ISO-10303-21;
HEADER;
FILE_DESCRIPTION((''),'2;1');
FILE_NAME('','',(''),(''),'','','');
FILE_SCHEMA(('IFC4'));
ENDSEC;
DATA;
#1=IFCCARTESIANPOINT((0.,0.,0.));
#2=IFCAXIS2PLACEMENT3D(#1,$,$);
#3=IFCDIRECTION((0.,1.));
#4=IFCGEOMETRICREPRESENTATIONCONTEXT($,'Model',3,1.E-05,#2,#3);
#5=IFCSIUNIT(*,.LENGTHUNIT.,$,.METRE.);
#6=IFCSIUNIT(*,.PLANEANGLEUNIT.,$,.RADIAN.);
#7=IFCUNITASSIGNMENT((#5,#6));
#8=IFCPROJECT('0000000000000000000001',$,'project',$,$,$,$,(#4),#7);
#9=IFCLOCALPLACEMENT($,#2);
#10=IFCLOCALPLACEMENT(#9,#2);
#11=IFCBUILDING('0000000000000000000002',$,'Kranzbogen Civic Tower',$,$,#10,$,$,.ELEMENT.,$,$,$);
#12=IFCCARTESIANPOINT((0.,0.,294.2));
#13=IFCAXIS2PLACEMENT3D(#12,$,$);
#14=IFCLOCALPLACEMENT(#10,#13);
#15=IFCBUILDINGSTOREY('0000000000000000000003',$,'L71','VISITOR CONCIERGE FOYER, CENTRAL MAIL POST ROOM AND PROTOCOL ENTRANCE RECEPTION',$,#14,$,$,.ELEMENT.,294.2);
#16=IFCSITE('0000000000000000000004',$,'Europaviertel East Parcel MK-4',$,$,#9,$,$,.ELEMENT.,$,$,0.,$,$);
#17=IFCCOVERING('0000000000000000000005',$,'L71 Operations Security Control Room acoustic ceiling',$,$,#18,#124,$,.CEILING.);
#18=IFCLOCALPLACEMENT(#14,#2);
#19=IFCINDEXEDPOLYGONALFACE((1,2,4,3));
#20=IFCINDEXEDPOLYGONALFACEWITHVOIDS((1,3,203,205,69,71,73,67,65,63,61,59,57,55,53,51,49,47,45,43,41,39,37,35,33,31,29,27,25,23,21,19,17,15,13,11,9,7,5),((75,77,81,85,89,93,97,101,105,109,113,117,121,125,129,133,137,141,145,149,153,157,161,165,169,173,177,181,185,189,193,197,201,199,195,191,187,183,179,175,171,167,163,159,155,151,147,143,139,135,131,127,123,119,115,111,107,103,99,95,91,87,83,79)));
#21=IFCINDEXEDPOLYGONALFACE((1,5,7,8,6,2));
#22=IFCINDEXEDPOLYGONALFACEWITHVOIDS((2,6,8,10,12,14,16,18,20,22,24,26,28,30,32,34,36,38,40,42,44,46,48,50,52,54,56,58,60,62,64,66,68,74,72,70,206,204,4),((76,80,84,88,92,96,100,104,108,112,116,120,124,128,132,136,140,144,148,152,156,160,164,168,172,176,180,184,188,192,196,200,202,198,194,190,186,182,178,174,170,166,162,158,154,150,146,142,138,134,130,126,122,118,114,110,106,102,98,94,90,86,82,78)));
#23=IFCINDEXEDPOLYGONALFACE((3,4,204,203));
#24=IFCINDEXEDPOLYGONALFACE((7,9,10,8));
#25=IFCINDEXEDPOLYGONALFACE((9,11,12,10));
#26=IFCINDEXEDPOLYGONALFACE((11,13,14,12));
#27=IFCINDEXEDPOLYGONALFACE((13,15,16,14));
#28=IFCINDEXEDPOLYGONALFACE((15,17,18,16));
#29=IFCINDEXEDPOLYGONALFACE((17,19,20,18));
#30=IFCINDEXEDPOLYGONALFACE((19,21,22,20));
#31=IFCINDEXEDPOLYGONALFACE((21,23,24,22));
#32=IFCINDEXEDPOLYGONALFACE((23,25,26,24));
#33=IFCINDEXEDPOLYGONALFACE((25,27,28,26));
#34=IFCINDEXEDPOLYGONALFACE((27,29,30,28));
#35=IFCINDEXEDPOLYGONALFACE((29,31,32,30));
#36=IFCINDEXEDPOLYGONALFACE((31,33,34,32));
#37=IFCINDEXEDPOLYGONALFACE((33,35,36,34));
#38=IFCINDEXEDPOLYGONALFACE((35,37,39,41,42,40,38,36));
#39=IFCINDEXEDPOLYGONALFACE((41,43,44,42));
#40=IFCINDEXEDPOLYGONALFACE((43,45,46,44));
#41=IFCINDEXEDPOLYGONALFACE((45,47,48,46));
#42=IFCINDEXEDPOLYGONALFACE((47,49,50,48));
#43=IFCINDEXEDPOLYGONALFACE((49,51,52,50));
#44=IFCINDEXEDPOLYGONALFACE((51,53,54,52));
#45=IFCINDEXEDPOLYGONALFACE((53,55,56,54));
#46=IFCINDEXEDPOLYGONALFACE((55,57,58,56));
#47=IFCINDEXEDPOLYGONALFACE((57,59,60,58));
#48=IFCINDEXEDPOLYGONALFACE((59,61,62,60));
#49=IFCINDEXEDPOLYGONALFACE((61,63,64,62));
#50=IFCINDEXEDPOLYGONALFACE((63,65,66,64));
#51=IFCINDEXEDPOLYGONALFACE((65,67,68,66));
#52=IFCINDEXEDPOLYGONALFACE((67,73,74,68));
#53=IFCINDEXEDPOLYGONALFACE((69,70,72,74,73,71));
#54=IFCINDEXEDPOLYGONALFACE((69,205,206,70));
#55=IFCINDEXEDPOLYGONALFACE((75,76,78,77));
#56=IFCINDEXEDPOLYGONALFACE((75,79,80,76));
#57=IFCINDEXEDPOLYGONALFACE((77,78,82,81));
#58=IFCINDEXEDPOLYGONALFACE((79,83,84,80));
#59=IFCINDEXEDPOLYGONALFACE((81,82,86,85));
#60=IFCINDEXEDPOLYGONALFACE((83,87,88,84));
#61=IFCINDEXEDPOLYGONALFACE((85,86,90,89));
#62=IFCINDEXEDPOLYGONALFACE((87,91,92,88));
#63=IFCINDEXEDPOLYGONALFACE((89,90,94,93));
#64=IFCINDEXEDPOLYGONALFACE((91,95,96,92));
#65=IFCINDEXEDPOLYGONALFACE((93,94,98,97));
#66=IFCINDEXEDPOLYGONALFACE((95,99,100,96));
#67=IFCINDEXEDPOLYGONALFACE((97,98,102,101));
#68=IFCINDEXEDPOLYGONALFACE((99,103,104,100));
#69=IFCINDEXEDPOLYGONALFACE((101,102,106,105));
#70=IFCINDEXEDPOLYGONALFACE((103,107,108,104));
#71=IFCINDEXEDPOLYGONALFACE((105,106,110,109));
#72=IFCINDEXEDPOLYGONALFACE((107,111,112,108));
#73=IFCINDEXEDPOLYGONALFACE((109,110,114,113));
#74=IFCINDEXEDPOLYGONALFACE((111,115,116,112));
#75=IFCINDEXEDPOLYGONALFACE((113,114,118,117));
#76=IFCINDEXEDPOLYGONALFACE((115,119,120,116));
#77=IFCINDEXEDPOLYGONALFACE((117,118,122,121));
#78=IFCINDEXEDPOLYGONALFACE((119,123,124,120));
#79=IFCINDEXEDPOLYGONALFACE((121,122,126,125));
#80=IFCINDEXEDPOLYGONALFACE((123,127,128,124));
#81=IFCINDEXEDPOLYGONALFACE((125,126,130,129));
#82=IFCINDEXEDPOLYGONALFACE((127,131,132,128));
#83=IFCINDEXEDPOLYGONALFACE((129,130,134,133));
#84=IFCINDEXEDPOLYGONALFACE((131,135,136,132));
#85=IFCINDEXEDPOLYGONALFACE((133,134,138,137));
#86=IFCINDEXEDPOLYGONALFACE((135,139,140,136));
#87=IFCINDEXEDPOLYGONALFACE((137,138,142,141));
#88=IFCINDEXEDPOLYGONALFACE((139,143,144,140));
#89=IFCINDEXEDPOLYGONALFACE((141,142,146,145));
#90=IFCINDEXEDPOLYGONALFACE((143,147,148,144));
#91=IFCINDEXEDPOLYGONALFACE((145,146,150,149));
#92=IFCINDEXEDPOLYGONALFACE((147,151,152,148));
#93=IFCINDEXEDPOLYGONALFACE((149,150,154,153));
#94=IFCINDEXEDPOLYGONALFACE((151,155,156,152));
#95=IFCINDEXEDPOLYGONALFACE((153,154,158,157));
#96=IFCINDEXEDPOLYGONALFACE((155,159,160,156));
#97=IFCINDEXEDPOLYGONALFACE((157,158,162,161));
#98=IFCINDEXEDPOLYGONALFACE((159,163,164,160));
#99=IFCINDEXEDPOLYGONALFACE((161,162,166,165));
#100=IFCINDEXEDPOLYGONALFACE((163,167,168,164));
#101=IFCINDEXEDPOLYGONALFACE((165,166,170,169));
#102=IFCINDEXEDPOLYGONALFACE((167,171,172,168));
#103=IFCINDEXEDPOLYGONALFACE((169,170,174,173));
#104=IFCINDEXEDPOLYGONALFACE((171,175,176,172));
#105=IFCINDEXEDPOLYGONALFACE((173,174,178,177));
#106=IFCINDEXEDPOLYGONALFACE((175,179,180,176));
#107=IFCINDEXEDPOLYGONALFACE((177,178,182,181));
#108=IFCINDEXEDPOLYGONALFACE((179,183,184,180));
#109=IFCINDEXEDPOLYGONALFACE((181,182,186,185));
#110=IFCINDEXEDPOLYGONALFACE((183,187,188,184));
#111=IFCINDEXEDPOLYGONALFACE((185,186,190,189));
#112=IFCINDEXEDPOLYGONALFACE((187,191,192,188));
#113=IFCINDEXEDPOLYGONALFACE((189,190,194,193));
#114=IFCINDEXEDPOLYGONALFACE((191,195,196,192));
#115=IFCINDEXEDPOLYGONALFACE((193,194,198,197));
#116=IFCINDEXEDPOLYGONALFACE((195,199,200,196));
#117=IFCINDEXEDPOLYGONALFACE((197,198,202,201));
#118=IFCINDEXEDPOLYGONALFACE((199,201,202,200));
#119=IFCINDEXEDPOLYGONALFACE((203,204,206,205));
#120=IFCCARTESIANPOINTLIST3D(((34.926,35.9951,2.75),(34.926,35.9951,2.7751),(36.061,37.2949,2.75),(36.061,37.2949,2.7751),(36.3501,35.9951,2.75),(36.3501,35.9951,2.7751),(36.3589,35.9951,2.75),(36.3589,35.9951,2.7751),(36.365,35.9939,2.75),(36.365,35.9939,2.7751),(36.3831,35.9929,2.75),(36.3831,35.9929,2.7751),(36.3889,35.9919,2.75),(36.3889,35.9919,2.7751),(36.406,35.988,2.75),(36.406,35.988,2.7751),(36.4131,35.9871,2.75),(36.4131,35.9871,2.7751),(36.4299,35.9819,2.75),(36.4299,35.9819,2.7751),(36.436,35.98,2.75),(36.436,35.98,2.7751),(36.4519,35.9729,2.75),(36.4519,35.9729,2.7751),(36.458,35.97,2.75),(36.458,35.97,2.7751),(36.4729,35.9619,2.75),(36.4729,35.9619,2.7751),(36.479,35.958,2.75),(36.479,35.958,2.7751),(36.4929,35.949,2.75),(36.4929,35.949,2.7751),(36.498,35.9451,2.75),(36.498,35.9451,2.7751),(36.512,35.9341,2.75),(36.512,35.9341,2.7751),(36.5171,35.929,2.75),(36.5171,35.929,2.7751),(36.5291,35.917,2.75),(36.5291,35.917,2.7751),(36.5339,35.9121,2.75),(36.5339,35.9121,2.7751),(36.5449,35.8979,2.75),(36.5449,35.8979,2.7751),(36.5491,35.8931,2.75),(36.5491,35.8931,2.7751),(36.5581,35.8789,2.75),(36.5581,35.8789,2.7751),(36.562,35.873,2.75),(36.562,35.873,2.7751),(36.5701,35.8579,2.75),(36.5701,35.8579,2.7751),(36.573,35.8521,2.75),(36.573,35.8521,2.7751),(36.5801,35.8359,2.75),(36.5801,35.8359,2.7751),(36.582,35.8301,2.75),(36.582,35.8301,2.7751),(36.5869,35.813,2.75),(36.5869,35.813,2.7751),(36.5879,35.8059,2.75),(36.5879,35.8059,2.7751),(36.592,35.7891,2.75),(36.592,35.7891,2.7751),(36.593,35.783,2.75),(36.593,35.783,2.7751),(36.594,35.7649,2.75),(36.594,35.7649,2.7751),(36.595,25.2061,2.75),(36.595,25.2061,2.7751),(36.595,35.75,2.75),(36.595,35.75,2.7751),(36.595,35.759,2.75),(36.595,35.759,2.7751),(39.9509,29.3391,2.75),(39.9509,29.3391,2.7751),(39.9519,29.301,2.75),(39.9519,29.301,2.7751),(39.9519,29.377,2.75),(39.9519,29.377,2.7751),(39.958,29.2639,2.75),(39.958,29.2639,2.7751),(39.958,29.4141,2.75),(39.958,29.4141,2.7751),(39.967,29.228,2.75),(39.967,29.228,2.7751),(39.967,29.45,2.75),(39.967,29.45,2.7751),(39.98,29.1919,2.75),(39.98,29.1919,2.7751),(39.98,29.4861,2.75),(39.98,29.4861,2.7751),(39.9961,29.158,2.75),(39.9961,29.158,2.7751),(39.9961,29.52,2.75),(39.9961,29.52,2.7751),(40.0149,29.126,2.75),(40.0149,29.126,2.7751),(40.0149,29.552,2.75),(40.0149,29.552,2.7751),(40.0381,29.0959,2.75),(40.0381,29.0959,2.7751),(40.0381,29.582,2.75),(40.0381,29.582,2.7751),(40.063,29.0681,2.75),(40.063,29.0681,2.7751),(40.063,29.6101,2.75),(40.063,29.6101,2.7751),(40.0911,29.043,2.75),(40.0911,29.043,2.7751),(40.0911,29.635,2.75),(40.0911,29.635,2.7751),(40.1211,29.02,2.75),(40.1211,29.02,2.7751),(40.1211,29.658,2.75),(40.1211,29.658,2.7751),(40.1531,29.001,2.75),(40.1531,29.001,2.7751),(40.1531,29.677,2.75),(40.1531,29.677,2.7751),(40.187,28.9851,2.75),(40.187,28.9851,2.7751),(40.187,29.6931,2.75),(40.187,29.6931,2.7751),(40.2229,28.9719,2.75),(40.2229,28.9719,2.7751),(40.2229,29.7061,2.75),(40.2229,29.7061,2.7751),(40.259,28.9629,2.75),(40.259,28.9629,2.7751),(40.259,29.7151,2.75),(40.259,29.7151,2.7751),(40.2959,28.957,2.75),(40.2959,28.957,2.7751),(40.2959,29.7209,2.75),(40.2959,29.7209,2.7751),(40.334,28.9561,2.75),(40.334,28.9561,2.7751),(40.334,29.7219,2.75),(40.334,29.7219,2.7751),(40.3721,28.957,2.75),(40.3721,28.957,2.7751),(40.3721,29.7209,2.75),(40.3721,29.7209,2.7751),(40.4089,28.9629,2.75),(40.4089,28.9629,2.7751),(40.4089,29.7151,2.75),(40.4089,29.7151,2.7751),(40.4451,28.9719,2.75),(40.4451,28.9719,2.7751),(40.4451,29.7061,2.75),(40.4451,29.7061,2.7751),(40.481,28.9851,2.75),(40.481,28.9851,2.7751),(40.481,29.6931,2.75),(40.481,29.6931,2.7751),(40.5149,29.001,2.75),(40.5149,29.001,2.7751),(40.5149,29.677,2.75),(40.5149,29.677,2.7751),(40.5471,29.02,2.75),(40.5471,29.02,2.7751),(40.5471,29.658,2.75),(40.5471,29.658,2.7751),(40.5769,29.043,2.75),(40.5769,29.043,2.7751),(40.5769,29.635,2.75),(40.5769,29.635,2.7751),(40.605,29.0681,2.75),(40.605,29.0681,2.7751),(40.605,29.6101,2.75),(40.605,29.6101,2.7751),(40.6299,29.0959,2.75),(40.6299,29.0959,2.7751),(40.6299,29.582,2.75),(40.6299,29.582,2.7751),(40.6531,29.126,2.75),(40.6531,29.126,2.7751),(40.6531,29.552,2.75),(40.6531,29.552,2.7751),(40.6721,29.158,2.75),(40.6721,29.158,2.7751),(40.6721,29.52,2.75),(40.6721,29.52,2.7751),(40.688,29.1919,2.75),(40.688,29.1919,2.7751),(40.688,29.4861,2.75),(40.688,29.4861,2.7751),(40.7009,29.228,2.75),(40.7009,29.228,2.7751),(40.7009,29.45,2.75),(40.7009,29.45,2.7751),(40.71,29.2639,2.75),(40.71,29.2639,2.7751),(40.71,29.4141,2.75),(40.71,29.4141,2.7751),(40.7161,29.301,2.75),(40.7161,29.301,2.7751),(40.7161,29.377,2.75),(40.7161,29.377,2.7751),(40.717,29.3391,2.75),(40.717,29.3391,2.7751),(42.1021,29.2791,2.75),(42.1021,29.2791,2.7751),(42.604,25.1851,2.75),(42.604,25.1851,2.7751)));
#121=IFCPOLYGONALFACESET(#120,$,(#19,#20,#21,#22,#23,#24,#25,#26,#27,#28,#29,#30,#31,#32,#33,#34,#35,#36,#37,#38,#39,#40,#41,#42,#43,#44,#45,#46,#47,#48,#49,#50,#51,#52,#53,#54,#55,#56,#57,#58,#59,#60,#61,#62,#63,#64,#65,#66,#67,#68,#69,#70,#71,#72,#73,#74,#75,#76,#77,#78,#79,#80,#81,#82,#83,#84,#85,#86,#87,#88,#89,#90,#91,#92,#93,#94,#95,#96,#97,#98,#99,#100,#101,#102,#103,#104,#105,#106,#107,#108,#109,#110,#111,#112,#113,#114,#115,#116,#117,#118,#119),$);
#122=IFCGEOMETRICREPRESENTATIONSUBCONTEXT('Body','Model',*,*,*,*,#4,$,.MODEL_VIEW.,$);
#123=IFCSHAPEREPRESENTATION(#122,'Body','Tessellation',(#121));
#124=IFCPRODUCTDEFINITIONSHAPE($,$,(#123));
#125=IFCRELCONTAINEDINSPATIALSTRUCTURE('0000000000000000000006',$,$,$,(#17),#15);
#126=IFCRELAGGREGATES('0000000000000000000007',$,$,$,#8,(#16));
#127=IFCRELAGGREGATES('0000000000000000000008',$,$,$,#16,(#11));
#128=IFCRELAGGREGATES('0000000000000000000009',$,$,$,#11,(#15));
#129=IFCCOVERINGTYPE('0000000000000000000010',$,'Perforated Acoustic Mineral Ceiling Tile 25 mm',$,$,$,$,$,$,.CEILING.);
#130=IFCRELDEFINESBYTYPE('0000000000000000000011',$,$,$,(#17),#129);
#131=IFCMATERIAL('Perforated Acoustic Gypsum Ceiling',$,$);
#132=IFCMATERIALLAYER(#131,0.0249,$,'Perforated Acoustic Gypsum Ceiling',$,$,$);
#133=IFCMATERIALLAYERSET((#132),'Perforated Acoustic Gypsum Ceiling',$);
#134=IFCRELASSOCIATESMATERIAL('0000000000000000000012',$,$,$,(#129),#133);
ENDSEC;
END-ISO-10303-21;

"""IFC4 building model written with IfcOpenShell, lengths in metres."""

from ifc_helpers import new_model, si_unit, direction, frame, origin, place, context, subcontext, project, spatial, polyline, outline, extrude, material, layer, layer_set, type_object, element, save


model = new_model("IFC4")

# Units and contexts
model_context = context("Model", 3, precision=1e-05, world=origin(), true_north=direction((0.0, 1.0)))
body_context = subcontext(model_context, "Body", "Model", "MODEL_VIEW")
ifc_project = project(units=[si_unit("LENGTHUNIT", "METRE"), si_unit("PLANEANGLEUNIT", "RADIAN")], contexts=[model_context])

# Site, building, storey
site_placement = place(None, origin())
site = spatial("IfcSite", under=ifc_project, at=site_placement, Name="Europaviertel East Parcel MK-4", CompositionType="ELEMENT", RefElevation=0.0)
building_placement = place(site_placement, origin())
building = spatial("IfcBuilding", under=site, at=building_placement, Name="Kranzbogen Civic Tower", CompositionType="ELEMENT")
storey_placement = place(building_placement, frame((0.0, 0.0, 294.2)))
storey = spatial("IfcBuildingStorey", under=building, at=storey_placement, Name="L71", Description="VISITOR CONCIERGE FOYER, CENTRAL MAIL POST ROOM AND PROTOCOL ENTRANCE RECEPTION", CompositionType="ELEMENT", Elevation=294.2)

# Covering
ifc_material_1 = material(Name="Perforated Acoustic Gypsum Ceiling")
ifc_layer_1 = layer(ifc_material_1, 0.0249, Name="Perforated Acoustic Gypsum Ceiling")
ifc_layer_set_1 = layer_set([ifc_layer_1], Name="Perforated Acoustic Gypsum Ceiling")
covering_type = type_object("IfcCoveringType", Name="Perforated Acoustic Mineral Ceiling Tile 25 mm", PredefinedType="CEILING", material=ifc_layer_set_1)
covering_1_placement = place(storey_placement, frame((0.0, 0.0, 2.75)))
element("IfcCovering", 1, at=covering_1_placement, inside=storey, type_object=covering_type, Name="L71 Operations Security Control Room acoustic ceiling", PredefinedType="CEILING", context=body_context, shape_type="SweptSolid", body=[
    extrude(outline(polyline([(42.604, 25.1851), (36.595, 25.2061), (36.595, 35.75), (36.595, 35.759), (36.594, 35.7649), (36.593, 35.783), (36.592, 35.7891), (36.5879, 35.8059), (36.5869, 35.813), (36.582, 35.8301), (36.5801, 35.8359), (36.573, 35.8521), (36.5701, 35.8579), (36.562, 35.873), (36.5581, 35.8789), (36.5491, 35.8931), (36.5449, 35.8979), (36.5339, 35.9121), (36.5291, 35.917), (36.5171, 35.929), (36.512, 35.9341), (36.498, 35.9451), (36.4929, 35.949), (36.479, 35.958), (36.4729, 35.9619), (36.458, 35.97), (36.4519, 35.9729), (36.436, 35.98), (36.4299, 35.9819), (36.4131, 35.9871), (36.406, 35.988), (36.3889, 35.9919), (36.3831, 35.9929), (36.365, 35.9939), (36.3589, 35.9951), (36.3501, 35.9951), (34.926, 35.9951), (36.061, 37.2949), (42.1021, 29.2791), (42.604, 25.1851)]), holes=[polyline([(40.688, 29.1919), (40.6721, 29.158), (40.6531, 29.126), (40.6299, 29.0959), (40.605, 29.0681), (40.5769, 29.043), (40.5471, 29.02), (40.5149, 29.001), (40.481, 28.9851), (40.4451, 28.9719), (40.4089, 28.9629), (40.3721, 28.957), (40.334, 28.9561), (40.2959, 28.957), (40.259, 28.9629), (40.2229, 28.9719), (40.187, 28.9851), (40.1531, 29.001), (40.1211, 29.02), (40.0911, 29.043), (40.063, 29.0681), (40.0381, 29.0959), (40.0149, 29.126), (39.9961, 29.158), (39.98, 29.1919), (39.967, 29.228), (39.958, 29.2639), (39.9519, 29.301), (39.9509, 29.3391), (39.9519, 29.377), (39.958, 29.4141), (39.967, 29.45), (39.98, 29.4861), (39.9961, 29.52), (40.0149, 29.552), (40.0381, 29.582), (40.063, 29.6101), (40.0911, 29.635), (40.1211, 29.658), (40.1531, 29.677), (40.187, 29.6931), (40.2229, 29.7061), (40.259, 29.7151), (40.2959, 29.7209), (40.334, 29.7219), (40.3721, 29.7209), (40.4089, 29.7151), (40.4451, 29.7061), (40.481, 29.6931), (40.5149, 29.677), (40.5471, 29.658), (40.5769, 29.635), (40.605, 29.6101), (40.6299, 29.582), (40.6531, 29.552), (40.6721, 29.52), (40.688, 29.4861), (40.7009, 29.45), (40.71, 29.4141), (40.7161, 29.377), (40.717, 29.3391), (40.7161, 29.301), (40.71, 29.2639), (40.7009, 29.228), (40.688, 29.1919)])]), origin(), (0.0, 0.0, 1.0), 0.0251),
])

save(model, "model.ifc")
